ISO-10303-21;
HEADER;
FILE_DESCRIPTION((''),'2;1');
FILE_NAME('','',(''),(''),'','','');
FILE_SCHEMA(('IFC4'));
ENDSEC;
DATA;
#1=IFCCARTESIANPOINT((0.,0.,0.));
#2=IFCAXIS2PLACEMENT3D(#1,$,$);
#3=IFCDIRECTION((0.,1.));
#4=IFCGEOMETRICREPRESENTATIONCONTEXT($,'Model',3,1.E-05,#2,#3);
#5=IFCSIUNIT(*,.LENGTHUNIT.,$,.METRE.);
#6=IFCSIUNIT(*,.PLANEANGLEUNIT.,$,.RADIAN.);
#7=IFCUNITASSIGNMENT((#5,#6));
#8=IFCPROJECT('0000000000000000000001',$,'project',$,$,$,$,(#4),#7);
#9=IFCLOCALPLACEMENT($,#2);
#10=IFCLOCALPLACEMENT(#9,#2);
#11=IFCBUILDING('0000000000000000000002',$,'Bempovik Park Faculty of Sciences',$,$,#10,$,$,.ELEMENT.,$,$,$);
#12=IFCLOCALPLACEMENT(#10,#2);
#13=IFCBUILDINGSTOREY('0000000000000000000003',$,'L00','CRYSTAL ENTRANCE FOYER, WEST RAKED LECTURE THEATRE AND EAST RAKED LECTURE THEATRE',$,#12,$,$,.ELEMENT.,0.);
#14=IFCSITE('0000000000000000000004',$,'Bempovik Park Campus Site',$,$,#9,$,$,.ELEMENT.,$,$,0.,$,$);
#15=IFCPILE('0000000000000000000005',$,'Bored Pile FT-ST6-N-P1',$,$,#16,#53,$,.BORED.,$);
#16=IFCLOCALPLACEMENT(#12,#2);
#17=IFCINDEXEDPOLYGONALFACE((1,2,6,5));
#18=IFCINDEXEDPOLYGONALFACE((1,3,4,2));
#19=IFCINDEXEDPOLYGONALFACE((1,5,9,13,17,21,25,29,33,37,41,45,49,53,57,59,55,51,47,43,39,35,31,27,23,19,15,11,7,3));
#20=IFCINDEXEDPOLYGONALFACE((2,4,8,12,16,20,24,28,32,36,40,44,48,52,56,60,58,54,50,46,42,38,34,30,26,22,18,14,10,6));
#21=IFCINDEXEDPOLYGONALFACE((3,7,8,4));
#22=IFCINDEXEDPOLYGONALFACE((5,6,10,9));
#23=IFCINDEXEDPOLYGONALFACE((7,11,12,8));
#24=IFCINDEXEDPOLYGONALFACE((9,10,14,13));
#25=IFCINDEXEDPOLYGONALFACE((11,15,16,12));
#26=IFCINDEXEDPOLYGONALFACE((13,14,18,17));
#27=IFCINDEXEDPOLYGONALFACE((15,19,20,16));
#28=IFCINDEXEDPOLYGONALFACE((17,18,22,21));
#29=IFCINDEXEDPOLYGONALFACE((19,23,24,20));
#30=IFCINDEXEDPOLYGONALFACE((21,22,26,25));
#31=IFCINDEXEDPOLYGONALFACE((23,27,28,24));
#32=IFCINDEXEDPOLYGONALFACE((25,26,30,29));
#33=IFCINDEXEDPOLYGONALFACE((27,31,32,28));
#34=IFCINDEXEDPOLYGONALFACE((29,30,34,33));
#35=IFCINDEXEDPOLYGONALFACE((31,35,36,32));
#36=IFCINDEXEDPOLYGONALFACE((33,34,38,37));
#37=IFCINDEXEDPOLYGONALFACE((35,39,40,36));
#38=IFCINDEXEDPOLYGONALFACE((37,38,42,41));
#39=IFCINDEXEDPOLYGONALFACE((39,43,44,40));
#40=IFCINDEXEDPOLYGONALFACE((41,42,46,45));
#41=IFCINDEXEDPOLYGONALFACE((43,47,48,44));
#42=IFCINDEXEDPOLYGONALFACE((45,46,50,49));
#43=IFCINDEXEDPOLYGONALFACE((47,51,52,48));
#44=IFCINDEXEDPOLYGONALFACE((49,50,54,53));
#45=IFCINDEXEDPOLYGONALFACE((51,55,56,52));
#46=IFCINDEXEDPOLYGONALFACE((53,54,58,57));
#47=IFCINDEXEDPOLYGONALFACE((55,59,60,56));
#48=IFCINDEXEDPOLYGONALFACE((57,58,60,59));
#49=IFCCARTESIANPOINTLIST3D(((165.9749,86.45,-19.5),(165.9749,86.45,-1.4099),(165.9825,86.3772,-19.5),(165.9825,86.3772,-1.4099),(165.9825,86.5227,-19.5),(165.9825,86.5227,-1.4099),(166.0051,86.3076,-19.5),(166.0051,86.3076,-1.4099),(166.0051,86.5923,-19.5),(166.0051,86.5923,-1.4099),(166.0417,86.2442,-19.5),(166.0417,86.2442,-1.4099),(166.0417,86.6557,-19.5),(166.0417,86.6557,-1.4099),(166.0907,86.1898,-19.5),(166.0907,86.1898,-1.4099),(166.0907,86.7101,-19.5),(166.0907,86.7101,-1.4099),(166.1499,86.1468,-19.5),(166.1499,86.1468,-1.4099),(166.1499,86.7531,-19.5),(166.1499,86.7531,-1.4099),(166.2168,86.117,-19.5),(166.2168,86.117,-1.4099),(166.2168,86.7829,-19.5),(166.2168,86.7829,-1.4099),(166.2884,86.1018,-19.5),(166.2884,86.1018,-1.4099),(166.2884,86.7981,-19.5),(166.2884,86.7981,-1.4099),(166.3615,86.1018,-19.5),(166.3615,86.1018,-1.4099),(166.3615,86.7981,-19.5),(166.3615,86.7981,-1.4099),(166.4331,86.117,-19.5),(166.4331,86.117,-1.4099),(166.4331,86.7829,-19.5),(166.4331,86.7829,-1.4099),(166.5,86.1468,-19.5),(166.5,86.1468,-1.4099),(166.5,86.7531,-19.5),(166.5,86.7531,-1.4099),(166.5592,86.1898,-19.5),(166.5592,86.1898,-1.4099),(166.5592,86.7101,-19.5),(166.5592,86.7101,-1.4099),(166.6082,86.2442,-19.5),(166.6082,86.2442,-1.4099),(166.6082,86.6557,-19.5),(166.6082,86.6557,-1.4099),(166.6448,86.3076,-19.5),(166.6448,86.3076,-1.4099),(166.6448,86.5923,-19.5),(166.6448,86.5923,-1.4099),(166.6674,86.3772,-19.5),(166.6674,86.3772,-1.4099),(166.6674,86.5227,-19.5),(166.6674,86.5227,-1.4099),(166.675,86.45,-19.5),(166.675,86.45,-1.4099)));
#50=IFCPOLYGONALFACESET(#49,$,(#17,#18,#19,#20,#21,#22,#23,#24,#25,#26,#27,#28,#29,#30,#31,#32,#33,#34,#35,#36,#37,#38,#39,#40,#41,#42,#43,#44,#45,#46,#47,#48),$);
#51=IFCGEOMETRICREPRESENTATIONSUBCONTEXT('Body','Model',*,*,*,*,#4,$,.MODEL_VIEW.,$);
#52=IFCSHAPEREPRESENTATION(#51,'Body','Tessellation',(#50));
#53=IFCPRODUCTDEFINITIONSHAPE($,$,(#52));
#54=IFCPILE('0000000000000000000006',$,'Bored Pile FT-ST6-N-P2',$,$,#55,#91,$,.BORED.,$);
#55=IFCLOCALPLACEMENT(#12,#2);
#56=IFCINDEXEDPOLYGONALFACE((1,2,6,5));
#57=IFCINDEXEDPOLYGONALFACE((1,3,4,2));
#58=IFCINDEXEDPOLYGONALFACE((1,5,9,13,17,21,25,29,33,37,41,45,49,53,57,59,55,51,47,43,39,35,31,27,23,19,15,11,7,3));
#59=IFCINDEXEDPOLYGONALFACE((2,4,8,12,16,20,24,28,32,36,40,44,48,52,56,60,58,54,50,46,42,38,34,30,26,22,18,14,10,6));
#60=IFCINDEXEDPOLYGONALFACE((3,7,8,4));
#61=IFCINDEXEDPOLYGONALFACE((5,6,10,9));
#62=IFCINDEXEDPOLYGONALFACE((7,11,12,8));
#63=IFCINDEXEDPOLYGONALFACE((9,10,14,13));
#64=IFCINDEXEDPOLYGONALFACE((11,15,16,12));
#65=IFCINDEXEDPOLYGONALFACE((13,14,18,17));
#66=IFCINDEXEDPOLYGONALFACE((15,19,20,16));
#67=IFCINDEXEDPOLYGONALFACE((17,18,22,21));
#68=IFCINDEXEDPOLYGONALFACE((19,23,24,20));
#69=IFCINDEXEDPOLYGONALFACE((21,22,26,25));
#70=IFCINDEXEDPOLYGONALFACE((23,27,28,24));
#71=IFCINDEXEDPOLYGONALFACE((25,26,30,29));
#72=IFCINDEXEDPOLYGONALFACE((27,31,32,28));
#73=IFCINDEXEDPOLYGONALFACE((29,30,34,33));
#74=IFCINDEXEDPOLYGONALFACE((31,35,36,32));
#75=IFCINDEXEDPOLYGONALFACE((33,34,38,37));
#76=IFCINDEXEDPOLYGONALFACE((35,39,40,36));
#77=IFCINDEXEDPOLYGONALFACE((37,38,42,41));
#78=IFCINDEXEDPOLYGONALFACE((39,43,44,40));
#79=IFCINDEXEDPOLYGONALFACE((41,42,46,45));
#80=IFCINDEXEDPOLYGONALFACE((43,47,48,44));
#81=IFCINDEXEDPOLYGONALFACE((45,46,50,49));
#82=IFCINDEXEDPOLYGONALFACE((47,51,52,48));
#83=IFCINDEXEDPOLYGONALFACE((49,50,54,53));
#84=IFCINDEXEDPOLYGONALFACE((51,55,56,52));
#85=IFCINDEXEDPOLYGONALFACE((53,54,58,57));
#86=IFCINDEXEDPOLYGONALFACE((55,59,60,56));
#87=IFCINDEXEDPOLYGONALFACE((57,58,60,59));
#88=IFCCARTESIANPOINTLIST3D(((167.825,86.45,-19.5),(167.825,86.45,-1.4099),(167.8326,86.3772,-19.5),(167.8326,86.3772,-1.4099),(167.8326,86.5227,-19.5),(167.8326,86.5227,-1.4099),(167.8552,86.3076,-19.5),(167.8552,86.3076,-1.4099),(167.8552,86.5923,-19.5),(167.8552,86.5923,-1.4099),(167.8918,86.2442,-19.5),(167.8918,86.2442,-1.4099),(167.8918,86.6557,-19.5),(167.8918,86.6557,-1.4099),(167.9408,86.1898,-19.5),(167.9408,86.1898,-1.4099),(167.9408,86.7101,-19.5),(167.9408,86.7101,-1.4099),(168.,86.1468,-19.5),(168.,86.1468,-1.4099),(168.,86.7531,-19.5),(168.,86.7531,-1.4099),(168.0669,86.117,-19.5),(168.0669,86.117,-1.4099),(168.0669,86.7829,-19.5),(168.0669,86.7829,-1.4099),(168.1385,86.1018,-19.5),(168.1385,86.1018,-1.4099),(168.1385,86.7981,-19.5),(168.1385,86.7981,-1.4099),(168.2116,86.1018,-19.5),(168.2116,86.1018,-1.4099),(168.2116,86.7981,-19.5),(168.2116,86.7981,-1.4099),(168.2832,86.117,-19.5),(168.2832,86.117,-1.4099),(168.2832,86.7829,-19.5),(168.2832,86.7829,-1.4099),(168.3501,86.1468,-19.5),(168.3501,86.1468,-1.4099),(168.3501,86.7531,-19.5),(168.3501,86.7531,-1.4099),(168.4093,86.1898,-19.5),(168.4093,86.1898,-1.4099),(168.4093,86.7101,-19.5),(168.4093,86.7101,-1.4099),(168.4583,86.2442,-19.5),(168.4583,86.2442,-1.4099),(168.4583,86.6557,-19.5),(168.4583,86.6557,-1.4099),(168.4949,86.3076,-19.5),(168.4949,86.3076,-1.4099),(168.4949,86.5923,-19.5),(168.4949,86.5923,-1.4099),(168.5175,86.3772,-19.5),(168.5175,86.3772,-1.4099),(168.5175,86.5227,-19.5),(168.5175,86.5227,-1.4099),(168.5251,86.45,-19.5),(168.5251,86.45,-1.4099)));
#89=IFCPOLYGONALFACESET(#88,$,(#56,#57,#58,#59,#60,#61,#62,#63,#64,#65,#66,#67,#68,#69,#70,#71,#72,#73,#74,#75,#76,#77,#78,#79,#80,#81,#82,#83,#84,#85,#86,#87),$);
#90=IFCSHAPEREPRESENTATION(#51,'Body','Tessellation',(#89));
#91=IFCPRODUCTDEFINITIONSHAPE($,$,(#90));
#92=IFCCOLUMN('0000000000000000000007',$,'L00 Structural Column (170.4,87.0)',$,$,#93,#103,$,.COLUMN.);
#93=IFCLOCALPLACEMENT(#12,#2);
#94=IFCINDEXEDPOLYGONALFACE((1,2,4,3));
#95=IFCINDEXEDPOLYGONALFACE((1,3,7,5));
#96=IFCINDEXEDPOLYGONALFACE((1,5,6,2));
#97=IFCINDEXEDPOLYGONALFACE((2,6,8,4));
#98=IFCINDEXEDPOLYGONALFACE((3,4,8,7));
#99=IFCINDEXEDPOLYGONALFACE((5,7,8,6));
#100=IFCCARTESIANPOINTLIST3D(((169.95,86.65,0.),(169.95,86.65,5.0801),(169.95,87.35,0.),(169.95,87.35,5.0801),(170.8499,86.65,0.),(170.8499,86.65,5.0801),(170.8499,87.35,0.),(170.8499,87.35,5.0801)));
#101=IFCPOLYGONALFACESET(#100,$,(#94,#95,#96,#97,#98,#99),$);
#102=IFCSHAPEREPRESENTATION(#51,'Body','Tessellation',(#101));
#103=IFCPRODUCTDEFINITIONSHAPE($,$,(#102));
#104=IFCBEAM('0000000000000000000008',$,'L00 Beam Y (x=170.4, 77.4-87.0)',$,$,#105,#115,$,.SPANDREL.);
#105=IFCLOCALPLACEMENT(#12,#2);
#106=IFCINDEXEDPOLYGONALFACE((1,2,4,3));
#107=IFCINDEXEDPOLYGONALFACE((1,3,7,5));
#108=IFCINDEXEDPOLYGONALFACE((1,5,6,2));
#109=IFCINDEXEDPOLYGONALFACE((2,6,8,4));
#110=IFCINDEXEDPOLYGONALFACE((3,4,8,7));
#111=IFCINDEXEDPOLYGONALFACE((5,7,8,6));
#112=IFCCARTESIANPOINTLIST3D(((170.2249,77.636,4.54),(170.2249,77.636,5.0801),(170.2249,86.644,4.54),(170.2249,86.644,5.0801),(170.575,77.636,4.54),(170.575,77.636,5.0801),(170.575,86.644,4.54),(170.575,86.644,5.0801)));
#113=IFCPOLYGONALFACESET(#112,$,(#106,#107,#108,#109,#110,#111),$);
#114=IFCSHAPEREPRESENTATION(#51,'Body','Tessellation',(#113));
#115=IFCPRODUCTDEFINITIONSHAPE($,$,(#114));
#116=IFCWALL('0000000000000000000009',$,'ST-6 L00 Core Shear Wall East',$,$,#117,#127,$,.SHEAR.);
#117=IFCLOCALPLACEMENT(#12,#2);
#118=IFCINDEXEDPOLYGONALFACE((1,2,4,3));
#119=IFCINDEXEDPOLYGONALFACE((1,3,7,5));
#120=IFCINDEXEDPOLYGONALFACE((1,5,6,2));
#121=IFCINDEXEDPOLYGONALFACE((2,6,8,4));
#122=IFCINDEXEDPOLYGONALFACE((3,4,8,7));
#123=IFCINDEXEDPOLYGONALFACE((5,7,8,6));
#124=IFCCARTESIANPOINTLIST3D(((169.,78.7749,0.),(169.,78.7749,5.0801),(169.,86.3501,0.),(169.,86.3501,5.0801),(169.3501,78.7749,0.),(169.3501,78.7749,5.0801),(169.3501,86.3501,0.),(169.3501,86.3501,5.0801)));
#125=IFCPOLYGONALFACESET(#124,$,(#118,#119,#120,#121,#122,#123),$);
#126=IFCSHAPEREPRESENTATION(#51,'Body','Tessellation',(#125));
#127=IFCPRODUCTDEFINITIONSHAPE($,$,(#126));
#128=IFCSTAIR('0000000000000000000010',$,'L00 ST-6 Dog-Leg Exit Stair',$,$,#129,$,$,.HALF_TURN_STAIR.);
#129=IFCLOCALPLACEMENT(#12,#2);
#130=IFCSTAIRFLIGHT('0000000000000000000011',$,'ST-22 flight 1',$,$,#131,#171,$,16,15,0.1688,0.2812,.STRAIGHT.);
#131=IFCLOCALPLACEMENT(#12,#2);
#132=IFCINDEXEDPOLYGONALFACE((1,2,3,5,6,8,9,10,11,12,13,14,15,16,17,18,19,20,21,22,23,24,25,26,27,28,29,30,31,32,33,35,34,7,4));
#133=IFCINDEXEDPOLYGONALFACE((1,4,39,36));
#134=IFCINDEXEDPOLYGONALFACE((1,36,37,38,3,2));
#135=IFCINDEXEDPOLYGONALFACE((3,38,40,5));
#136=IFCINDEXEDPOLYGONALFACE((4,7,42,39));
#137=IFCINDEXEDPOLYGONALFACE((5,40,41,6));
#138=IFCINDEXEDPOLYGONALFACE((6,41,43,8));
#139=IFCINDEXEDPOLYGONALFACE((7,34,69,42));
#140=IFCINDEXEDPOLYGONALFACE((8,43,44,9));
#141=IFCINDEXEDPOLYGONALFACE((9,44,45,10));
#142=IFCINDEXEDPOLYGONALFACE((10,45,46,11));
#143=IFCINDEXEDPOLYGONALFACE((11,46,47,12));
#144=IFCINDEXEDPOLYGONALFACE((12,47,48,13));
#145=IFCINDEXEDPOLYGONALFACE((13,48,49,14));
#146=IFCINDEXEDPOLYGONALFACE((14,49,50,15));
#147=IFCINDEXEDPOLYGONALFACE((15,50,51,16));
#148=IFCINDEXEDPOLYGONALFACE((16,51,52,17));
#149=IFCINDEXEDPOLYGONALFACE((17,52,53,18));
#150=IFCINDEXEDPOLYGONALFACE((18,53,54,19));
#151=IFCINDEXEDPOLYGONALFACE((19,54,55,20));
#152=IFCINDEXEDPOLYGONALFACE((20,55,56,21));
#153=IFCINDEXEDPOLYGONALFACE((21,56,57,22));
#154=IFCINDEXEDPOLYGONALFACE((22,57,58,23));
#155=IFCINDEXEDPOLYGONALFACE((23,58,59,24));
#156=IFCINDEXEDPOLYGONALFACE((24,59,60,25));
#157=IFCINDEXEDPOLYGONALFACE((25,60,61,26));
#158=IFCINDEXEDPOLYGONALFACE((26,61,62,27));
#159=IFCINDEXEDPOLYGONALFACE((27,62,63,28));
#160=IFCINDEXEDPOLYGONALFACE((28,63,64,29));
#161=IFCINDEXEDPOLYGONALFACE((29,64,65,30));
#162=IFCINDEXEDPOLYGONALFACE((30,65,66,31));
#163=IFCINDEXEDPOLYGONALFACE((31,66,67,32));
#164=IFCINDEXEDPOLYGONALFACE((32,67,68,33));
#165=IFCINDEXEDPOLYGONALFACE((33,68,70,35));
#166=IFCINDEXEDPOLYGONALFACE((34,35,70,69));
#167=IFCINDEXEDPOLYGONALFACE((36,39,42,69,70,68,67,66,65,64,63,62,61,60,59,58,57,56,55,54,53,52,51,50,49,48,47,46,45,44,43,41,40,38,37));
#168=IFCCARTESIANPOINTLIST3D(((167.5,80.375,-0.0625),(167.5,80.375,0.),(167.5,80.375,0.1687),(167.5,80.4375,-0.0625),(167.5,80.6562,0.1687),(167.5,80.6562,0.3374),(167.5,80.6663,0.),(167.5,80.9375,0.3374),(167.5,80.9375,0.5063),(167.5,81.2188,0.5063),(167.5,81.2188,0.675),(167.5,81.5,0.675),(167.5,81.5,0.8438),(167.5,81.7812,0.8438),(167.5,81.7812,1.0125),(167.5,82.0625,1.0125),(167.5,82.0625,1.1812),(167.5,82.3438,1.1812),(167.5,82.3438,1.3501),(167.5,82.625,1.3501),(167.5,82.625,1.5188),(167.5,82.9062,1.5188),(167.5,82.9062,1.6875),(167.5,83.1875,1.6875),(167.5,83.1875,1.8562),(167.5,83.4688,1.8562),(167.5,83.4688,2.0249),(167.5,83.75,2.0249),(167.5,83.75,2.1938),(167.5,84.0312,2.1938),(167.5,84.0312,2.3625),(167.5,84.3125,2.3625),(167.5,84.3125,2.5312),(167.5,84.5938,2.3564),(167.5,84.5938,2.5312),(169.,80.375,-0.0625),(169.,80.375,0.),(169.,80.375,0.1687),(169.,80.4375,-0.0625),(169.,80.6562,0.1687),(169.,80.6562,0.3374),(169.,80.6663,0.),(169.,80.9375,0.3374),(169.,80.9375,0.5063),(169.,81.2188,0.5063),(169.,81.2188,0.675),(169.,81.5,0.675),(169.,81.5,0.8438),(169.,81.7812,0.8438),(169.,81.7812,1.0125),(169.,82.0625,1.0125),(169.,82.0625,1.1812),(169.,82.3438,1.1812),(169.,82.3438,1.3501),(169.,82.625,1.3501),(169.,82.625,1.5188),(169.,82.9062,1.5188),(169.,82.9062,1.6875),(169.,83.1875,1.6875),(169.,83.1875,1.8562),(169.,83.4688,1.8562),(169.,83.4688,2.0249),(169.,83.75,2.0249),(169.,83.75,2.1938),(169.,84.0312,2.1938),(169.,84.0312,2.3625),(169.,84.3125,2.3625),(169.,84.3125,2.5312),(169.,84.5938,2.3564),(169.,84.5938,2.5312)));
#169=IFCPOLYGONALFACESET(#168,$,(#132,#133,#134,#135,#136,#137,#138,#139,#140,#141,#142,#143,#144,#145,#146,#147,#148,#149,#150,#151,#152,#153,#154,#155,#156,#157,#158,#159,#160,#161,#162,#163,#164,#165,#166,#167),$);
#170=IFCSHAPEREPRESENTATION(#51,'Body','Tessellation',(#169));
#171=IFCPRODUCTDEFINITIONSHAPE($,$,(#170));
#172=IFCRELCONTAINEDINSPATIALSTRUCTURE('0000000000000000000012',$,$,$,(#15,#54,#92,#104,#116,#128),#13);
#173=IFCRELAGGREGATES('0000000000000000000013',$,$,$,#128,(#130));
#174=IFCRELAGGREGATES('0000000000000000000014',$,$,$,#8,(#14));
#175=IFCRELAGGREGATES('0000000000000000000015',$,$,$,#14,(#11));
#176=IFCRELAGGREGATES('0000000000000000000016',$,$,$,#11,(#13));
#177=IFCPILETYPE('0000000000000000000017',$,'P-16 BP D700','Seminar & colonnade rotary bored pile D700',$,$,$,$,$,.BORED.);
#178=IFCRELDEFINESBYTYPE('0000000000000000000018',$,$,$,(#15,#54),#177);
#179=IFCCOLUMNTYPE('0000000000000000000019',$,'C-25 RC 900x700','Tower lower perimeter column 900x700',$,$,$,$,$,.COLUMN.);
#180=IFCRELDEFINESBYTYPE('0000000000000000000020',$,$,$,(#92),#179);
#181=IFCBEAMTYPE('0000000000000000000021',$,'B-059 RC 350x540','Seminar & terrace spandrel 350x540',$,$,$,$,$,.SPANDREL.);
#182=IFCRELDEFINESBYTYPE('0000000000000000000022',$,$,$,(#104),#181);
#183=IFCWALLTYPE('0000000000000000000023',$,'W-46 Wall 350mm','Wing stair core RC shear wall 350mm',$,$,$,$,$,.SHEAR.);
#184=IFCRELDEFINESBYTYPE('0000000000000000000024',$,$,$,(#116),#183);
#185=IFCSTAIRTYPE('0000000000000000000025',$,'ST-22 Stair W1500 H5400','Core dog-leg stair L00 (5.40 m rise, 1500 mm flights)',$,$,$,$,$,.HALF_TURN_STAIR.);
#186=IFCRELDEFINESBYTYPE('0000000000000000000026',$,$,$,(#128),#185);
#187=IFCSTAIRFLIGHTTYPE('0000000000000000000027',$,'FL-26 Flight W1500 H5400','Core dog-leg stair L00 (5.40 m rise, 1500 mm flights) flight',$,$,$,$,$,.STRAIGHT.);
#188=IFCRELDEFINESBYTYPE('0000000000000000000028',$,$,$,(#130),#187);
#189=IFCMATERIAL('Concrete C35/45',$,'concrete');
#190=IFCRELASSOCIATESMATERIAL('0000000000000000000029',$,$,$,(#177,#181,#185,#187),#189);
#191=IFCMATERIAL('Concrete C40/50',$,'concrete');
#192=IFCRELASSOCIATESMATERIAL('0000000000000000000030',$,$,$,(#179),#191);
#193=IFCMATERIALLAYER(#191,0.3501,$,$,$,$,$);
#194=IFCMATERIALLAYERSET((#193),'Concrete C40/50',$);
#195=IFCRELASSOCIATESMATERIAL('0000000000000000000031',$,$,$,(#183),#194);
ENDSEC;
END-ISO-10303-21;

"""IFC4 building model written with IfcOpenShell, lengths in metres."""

from ifc_helpers import new_model, si_unit, direction, frame, frame_2d, origin, origin_2d, place, context, subcontext, project, spatial, polyline, rectangle, circle, outline, extrude, material, layer, layer_set, material_profile, profile_set, type_object, element, aggregate, save


model = new_model("IFC4")

# Units and contexts
model_context = context("Model", 3, precision=1e-05, world=origin(), true_north=direction((0.0, 1.0)))
body_context = subcontext(model_context, "Body", "Model", "MODEL_VIEW")
ifc_project = project(units=[si_unit("LENGTHUNIT", "METRE"), si_unit("PLANEANGLEUNIT", "RADIAN")], contexts=[model_context])

# Site, building, storey
site_placement = place(None, origin())
site = spatial("IfcSite", under=ifc_project, at=site_placement, Name="Bempovik Park Campus Site", CompositionType="ELEMENT", RefElevation=0.0)
building_placement = place(site_placement, origin())
building = spatial("IfcBuilding", under=site, at=building_placement, Name="Bempovik Park Faculty of Sciences", CompositionType="ELEMENT")
storey_placement = place(building_placement, origin())
storey = spatial("IfcBuildingStorey", under=building, at=storey_placement, Name="L00", Description="CRYSTAL ENTRANCE FOYER, WEST RAKED LECTURE THEATRE AND EAST RAKED LECTURE THEATRE", CompositionType="ELEMENT", Elevation=0.0)

# Shared definitions
ifc_material_1 = material(Name="Concrete C35/45", Category="concrete")

# Piles
ifc_material_profile_1 = material_profile(ifc_material_1, circle(Radius=0.3501, at=origin_2d()), Name="BP D700")
ifc_profile_set_1 = profile_set([ifc_material_profile_1], Name="Concrete C35/45")
pile_type_1 = type_object("IfcPileType", Name="P-16 BP D700", Description="Seminar & colonnade rotary bored pile D700", PredefinedType="BORED", material=ifc_profile_set_1)
for number, where, z_axis, x_axis, name in (
    (1, (166.325, 86.45, -1.4099), (0.0, 0.0, -1.0), (1.0, 0.0, 0.0), "Bored Pile FT-ST6-N-P1"),
    (2, (168.175, 86.45, -1.4099), (0.0, 0.0, -1.0), (1.0, 0.0, 0.0), "Bored Pile FT-ST6-N-P2"),
):
    element("IfcPile", number, at=place(storey_placement, frame(where, z_axis=z_axis, x_axis=x_axis)), inside=storey, type_object=pile_type_1, Name=name, PredefinedType="BORED", context=body_context, shape_type="SweptSolid", body=[
        extrude(circle(Radius=0.3501, at=origin_2d()), origin(), (0.0, 0.0, 1.0), 18.0901),
    ])

# Column
ifc_material_2 = material(Name="Concrete C40/50", Category="concrete")
ifc_material_profile_2 = material_profile(ifc_material_2, rectangle(XDim=0.8999, YDim=0.7, at=origin_2d()), Name="RC 900x700")
ifc_profile_set_2 = profile_set([ifc_material_profile_2], Name="Concrete C40/50")
column_type = type_object("IfcColumnType", Name="C-25 RC 900x700", Description="Tower lower perimeter column 900x700", PredefinedType="COLUMN", material=ifc_profile_set_2)
column_placement = place(storey_placement, frame((170.3999, 87.0, 0.0), z_axis=(0.0, 0.0, 1.0), x_axis=(1.0, 0.0, 0.0)))
element("IfcColumn", 3, at=column_placement, inside=storey, type_object=column_type, Name="L00 Structural Column (170.4,87.0)", PredefinedType="COLUMN", context=body_context, shape_type="SweptSolid", body=[
    extrude(rectangle(XDim=0.8999, YDim=0.7, at=origin_2d()), origin(), (0.0, 0.0, 1.0), 5.0801),
])

# Beam
ifc_material_profile_3 = material_profile(ifc_material_1, rectangle(XDim=0.3501, YDim=0.54, at=origin_2d()), Name="RC 350x540")
ifc_profile_set_3 = profile_set([ifc_material_profile_3], Name="Concrete C35/45")
beam_type = type_object("IfcBeamType", Name="B-059 RC 350x540", Description="Seminar & terrace spandrel 350x540", PredefinedType="SPANDREL", material=ifc_profile_set_3)
beam_placement = place(storey_placement, frame((170.3999, 77.636, 4.8101), z_axis=(0.0, 1.0, 0.0), x_axis=(-1.0, 0.0, 0.0)))
element("IfcBeam", 4, at=beam_placement, inside=storey, type_object=beam_type, Name="L00 Beam Y (x=170.4, 77.4-87.0)", PredefinedType="SPANDREL", context=body_context, shape_type="SweptSolid", body=[
    extrude(rectangle(XDim=0.3501, YDim=0.54, at=origin_2d()), origin(), (0.0, 0.0, 1.0), 9.0081),
])

# Wall
ifc_layer_1 = layer(ifc_material_2, 0.3501)
ifc_layer_set_1 = layer_set([ifc_layer_1], Name="Concrete C40/50")
wall_type = type_object("IfcWallType", Name="W-46 Wall 350mm", Description="Wing stair core RC shear wall 350mm", PredefinedType="SHEAR", material=ifc_layer_set_1)
wall_placement = place(storey_placement, frame((169.175, 78.7749, 0.0), z_axis=(0.0, 0.0, 1.0), x_axis=(0.0, 1.0, 0.0)))
element("IfcWall", 5, at=wall_placement, inside=storey, type_object=wall_type, Name="ST-6 L00 Core Shear Wall East", PredefinedType="SHEAR", context=body_context, shape_type="SweptSolid", body=[
    extrude(rectangle(XDim=7.5752, YDim=0.3501, at=frame_2d((3.7876, 0.0))), origin(), (0.0, 0.0, 1.0), 5.0801),
])

# Stair, stair flight
stair_type = type_object("IfcStairType", Name="ST-22 Stair W1500 H5400", Description="Core dog-leg stair L00 (5.40 m rise, 1500 mm flights)", PredefinedType="HALF_TURN_STAIR", material=ifc_material_1)
stair_placement = place(storey_placement, origin())
stair = element("IfcStair", 6, at=stair_placement, inside=storey, type_object=stair_type, Name="L00 ST-6 Dog-Leg Exit Stair", PredefinedType="HALF_TURN_STAIR")
stair_flight_type = type_object("IfcStairFlightType", Name="FL-26 Flight W1500 H5400", Description="Core dog-leg stair L00 (5.40 m rise, 1500 mm flights) flight", PredefinedType="STRAIGHT", material=ifc_material_1)
stair_flight_1_placement = place(storey_placement, frame((168.25, 80.375, 0.0), z_axis=(0.0, 0.0, 1.0), x_axis=(0.0, 1.0, 0.0)))
stair_flight_1 = element("IfcStairFlight", 7, at=stair_flight_1_placement, type_object=stair_flight_type, Name="ST-22 flight 1", NumberOfRisers=16, NumberOfTreads=15, PredefinedType="STRAIGHT", RiserHeight=0.1688, TreadLength=0.2812, context=body_context, shape_type="SweptSolid", body=[
    extrude(outline(polyline([(0.0, 0.0), (0.0, 0.1687), (0.2812, 0.1687), (0.2812, 0.3374), (0.5625, 0.3374), (0.5625, 0.5063), (0.8438, 0.5063), (0.8438, 0.675), (1.125, 0.675), (1.125, 0.8438), (1.4062, 0.8438), (1.4062, 1.0125), (1.6875, 1.0125), (1.6875, 1.1812), (1.9688, 1.1812), (1.9688, 1.3501), (2.25, 1.3501), (2.25, 1.5188), (2.5312, 1.5188), (2.5312, 1.6875), (2.8125, 1.6875), (2.8125, 1.8562), (3.0938, 1.8562), (3.0938, 2.0249), (3.375, 2.0249), (3.375, 2.1938), (3.6562, 2.1938), (3.6562, 2.3625), (3.9375, 2.3625), (3.9375, 2.5312), (4.2188, 2.5312), (4.2188, 2.7), (4.2188, 2.3564), (0.2913, 0.0), (0.0625, -0.0625), (0.0, -0.0625), (0.0, 0.0)])), frame((0.0, 0.75, 0.0), z_axis=(0.0, -1.0, 0.0), x_axis=(1.0, 0.0, 0.0)), (0.0, 0.0, 1.0), 1.5),
])
aggregate(stair, [stair_flight_1])

save(model, "model.ifc")
